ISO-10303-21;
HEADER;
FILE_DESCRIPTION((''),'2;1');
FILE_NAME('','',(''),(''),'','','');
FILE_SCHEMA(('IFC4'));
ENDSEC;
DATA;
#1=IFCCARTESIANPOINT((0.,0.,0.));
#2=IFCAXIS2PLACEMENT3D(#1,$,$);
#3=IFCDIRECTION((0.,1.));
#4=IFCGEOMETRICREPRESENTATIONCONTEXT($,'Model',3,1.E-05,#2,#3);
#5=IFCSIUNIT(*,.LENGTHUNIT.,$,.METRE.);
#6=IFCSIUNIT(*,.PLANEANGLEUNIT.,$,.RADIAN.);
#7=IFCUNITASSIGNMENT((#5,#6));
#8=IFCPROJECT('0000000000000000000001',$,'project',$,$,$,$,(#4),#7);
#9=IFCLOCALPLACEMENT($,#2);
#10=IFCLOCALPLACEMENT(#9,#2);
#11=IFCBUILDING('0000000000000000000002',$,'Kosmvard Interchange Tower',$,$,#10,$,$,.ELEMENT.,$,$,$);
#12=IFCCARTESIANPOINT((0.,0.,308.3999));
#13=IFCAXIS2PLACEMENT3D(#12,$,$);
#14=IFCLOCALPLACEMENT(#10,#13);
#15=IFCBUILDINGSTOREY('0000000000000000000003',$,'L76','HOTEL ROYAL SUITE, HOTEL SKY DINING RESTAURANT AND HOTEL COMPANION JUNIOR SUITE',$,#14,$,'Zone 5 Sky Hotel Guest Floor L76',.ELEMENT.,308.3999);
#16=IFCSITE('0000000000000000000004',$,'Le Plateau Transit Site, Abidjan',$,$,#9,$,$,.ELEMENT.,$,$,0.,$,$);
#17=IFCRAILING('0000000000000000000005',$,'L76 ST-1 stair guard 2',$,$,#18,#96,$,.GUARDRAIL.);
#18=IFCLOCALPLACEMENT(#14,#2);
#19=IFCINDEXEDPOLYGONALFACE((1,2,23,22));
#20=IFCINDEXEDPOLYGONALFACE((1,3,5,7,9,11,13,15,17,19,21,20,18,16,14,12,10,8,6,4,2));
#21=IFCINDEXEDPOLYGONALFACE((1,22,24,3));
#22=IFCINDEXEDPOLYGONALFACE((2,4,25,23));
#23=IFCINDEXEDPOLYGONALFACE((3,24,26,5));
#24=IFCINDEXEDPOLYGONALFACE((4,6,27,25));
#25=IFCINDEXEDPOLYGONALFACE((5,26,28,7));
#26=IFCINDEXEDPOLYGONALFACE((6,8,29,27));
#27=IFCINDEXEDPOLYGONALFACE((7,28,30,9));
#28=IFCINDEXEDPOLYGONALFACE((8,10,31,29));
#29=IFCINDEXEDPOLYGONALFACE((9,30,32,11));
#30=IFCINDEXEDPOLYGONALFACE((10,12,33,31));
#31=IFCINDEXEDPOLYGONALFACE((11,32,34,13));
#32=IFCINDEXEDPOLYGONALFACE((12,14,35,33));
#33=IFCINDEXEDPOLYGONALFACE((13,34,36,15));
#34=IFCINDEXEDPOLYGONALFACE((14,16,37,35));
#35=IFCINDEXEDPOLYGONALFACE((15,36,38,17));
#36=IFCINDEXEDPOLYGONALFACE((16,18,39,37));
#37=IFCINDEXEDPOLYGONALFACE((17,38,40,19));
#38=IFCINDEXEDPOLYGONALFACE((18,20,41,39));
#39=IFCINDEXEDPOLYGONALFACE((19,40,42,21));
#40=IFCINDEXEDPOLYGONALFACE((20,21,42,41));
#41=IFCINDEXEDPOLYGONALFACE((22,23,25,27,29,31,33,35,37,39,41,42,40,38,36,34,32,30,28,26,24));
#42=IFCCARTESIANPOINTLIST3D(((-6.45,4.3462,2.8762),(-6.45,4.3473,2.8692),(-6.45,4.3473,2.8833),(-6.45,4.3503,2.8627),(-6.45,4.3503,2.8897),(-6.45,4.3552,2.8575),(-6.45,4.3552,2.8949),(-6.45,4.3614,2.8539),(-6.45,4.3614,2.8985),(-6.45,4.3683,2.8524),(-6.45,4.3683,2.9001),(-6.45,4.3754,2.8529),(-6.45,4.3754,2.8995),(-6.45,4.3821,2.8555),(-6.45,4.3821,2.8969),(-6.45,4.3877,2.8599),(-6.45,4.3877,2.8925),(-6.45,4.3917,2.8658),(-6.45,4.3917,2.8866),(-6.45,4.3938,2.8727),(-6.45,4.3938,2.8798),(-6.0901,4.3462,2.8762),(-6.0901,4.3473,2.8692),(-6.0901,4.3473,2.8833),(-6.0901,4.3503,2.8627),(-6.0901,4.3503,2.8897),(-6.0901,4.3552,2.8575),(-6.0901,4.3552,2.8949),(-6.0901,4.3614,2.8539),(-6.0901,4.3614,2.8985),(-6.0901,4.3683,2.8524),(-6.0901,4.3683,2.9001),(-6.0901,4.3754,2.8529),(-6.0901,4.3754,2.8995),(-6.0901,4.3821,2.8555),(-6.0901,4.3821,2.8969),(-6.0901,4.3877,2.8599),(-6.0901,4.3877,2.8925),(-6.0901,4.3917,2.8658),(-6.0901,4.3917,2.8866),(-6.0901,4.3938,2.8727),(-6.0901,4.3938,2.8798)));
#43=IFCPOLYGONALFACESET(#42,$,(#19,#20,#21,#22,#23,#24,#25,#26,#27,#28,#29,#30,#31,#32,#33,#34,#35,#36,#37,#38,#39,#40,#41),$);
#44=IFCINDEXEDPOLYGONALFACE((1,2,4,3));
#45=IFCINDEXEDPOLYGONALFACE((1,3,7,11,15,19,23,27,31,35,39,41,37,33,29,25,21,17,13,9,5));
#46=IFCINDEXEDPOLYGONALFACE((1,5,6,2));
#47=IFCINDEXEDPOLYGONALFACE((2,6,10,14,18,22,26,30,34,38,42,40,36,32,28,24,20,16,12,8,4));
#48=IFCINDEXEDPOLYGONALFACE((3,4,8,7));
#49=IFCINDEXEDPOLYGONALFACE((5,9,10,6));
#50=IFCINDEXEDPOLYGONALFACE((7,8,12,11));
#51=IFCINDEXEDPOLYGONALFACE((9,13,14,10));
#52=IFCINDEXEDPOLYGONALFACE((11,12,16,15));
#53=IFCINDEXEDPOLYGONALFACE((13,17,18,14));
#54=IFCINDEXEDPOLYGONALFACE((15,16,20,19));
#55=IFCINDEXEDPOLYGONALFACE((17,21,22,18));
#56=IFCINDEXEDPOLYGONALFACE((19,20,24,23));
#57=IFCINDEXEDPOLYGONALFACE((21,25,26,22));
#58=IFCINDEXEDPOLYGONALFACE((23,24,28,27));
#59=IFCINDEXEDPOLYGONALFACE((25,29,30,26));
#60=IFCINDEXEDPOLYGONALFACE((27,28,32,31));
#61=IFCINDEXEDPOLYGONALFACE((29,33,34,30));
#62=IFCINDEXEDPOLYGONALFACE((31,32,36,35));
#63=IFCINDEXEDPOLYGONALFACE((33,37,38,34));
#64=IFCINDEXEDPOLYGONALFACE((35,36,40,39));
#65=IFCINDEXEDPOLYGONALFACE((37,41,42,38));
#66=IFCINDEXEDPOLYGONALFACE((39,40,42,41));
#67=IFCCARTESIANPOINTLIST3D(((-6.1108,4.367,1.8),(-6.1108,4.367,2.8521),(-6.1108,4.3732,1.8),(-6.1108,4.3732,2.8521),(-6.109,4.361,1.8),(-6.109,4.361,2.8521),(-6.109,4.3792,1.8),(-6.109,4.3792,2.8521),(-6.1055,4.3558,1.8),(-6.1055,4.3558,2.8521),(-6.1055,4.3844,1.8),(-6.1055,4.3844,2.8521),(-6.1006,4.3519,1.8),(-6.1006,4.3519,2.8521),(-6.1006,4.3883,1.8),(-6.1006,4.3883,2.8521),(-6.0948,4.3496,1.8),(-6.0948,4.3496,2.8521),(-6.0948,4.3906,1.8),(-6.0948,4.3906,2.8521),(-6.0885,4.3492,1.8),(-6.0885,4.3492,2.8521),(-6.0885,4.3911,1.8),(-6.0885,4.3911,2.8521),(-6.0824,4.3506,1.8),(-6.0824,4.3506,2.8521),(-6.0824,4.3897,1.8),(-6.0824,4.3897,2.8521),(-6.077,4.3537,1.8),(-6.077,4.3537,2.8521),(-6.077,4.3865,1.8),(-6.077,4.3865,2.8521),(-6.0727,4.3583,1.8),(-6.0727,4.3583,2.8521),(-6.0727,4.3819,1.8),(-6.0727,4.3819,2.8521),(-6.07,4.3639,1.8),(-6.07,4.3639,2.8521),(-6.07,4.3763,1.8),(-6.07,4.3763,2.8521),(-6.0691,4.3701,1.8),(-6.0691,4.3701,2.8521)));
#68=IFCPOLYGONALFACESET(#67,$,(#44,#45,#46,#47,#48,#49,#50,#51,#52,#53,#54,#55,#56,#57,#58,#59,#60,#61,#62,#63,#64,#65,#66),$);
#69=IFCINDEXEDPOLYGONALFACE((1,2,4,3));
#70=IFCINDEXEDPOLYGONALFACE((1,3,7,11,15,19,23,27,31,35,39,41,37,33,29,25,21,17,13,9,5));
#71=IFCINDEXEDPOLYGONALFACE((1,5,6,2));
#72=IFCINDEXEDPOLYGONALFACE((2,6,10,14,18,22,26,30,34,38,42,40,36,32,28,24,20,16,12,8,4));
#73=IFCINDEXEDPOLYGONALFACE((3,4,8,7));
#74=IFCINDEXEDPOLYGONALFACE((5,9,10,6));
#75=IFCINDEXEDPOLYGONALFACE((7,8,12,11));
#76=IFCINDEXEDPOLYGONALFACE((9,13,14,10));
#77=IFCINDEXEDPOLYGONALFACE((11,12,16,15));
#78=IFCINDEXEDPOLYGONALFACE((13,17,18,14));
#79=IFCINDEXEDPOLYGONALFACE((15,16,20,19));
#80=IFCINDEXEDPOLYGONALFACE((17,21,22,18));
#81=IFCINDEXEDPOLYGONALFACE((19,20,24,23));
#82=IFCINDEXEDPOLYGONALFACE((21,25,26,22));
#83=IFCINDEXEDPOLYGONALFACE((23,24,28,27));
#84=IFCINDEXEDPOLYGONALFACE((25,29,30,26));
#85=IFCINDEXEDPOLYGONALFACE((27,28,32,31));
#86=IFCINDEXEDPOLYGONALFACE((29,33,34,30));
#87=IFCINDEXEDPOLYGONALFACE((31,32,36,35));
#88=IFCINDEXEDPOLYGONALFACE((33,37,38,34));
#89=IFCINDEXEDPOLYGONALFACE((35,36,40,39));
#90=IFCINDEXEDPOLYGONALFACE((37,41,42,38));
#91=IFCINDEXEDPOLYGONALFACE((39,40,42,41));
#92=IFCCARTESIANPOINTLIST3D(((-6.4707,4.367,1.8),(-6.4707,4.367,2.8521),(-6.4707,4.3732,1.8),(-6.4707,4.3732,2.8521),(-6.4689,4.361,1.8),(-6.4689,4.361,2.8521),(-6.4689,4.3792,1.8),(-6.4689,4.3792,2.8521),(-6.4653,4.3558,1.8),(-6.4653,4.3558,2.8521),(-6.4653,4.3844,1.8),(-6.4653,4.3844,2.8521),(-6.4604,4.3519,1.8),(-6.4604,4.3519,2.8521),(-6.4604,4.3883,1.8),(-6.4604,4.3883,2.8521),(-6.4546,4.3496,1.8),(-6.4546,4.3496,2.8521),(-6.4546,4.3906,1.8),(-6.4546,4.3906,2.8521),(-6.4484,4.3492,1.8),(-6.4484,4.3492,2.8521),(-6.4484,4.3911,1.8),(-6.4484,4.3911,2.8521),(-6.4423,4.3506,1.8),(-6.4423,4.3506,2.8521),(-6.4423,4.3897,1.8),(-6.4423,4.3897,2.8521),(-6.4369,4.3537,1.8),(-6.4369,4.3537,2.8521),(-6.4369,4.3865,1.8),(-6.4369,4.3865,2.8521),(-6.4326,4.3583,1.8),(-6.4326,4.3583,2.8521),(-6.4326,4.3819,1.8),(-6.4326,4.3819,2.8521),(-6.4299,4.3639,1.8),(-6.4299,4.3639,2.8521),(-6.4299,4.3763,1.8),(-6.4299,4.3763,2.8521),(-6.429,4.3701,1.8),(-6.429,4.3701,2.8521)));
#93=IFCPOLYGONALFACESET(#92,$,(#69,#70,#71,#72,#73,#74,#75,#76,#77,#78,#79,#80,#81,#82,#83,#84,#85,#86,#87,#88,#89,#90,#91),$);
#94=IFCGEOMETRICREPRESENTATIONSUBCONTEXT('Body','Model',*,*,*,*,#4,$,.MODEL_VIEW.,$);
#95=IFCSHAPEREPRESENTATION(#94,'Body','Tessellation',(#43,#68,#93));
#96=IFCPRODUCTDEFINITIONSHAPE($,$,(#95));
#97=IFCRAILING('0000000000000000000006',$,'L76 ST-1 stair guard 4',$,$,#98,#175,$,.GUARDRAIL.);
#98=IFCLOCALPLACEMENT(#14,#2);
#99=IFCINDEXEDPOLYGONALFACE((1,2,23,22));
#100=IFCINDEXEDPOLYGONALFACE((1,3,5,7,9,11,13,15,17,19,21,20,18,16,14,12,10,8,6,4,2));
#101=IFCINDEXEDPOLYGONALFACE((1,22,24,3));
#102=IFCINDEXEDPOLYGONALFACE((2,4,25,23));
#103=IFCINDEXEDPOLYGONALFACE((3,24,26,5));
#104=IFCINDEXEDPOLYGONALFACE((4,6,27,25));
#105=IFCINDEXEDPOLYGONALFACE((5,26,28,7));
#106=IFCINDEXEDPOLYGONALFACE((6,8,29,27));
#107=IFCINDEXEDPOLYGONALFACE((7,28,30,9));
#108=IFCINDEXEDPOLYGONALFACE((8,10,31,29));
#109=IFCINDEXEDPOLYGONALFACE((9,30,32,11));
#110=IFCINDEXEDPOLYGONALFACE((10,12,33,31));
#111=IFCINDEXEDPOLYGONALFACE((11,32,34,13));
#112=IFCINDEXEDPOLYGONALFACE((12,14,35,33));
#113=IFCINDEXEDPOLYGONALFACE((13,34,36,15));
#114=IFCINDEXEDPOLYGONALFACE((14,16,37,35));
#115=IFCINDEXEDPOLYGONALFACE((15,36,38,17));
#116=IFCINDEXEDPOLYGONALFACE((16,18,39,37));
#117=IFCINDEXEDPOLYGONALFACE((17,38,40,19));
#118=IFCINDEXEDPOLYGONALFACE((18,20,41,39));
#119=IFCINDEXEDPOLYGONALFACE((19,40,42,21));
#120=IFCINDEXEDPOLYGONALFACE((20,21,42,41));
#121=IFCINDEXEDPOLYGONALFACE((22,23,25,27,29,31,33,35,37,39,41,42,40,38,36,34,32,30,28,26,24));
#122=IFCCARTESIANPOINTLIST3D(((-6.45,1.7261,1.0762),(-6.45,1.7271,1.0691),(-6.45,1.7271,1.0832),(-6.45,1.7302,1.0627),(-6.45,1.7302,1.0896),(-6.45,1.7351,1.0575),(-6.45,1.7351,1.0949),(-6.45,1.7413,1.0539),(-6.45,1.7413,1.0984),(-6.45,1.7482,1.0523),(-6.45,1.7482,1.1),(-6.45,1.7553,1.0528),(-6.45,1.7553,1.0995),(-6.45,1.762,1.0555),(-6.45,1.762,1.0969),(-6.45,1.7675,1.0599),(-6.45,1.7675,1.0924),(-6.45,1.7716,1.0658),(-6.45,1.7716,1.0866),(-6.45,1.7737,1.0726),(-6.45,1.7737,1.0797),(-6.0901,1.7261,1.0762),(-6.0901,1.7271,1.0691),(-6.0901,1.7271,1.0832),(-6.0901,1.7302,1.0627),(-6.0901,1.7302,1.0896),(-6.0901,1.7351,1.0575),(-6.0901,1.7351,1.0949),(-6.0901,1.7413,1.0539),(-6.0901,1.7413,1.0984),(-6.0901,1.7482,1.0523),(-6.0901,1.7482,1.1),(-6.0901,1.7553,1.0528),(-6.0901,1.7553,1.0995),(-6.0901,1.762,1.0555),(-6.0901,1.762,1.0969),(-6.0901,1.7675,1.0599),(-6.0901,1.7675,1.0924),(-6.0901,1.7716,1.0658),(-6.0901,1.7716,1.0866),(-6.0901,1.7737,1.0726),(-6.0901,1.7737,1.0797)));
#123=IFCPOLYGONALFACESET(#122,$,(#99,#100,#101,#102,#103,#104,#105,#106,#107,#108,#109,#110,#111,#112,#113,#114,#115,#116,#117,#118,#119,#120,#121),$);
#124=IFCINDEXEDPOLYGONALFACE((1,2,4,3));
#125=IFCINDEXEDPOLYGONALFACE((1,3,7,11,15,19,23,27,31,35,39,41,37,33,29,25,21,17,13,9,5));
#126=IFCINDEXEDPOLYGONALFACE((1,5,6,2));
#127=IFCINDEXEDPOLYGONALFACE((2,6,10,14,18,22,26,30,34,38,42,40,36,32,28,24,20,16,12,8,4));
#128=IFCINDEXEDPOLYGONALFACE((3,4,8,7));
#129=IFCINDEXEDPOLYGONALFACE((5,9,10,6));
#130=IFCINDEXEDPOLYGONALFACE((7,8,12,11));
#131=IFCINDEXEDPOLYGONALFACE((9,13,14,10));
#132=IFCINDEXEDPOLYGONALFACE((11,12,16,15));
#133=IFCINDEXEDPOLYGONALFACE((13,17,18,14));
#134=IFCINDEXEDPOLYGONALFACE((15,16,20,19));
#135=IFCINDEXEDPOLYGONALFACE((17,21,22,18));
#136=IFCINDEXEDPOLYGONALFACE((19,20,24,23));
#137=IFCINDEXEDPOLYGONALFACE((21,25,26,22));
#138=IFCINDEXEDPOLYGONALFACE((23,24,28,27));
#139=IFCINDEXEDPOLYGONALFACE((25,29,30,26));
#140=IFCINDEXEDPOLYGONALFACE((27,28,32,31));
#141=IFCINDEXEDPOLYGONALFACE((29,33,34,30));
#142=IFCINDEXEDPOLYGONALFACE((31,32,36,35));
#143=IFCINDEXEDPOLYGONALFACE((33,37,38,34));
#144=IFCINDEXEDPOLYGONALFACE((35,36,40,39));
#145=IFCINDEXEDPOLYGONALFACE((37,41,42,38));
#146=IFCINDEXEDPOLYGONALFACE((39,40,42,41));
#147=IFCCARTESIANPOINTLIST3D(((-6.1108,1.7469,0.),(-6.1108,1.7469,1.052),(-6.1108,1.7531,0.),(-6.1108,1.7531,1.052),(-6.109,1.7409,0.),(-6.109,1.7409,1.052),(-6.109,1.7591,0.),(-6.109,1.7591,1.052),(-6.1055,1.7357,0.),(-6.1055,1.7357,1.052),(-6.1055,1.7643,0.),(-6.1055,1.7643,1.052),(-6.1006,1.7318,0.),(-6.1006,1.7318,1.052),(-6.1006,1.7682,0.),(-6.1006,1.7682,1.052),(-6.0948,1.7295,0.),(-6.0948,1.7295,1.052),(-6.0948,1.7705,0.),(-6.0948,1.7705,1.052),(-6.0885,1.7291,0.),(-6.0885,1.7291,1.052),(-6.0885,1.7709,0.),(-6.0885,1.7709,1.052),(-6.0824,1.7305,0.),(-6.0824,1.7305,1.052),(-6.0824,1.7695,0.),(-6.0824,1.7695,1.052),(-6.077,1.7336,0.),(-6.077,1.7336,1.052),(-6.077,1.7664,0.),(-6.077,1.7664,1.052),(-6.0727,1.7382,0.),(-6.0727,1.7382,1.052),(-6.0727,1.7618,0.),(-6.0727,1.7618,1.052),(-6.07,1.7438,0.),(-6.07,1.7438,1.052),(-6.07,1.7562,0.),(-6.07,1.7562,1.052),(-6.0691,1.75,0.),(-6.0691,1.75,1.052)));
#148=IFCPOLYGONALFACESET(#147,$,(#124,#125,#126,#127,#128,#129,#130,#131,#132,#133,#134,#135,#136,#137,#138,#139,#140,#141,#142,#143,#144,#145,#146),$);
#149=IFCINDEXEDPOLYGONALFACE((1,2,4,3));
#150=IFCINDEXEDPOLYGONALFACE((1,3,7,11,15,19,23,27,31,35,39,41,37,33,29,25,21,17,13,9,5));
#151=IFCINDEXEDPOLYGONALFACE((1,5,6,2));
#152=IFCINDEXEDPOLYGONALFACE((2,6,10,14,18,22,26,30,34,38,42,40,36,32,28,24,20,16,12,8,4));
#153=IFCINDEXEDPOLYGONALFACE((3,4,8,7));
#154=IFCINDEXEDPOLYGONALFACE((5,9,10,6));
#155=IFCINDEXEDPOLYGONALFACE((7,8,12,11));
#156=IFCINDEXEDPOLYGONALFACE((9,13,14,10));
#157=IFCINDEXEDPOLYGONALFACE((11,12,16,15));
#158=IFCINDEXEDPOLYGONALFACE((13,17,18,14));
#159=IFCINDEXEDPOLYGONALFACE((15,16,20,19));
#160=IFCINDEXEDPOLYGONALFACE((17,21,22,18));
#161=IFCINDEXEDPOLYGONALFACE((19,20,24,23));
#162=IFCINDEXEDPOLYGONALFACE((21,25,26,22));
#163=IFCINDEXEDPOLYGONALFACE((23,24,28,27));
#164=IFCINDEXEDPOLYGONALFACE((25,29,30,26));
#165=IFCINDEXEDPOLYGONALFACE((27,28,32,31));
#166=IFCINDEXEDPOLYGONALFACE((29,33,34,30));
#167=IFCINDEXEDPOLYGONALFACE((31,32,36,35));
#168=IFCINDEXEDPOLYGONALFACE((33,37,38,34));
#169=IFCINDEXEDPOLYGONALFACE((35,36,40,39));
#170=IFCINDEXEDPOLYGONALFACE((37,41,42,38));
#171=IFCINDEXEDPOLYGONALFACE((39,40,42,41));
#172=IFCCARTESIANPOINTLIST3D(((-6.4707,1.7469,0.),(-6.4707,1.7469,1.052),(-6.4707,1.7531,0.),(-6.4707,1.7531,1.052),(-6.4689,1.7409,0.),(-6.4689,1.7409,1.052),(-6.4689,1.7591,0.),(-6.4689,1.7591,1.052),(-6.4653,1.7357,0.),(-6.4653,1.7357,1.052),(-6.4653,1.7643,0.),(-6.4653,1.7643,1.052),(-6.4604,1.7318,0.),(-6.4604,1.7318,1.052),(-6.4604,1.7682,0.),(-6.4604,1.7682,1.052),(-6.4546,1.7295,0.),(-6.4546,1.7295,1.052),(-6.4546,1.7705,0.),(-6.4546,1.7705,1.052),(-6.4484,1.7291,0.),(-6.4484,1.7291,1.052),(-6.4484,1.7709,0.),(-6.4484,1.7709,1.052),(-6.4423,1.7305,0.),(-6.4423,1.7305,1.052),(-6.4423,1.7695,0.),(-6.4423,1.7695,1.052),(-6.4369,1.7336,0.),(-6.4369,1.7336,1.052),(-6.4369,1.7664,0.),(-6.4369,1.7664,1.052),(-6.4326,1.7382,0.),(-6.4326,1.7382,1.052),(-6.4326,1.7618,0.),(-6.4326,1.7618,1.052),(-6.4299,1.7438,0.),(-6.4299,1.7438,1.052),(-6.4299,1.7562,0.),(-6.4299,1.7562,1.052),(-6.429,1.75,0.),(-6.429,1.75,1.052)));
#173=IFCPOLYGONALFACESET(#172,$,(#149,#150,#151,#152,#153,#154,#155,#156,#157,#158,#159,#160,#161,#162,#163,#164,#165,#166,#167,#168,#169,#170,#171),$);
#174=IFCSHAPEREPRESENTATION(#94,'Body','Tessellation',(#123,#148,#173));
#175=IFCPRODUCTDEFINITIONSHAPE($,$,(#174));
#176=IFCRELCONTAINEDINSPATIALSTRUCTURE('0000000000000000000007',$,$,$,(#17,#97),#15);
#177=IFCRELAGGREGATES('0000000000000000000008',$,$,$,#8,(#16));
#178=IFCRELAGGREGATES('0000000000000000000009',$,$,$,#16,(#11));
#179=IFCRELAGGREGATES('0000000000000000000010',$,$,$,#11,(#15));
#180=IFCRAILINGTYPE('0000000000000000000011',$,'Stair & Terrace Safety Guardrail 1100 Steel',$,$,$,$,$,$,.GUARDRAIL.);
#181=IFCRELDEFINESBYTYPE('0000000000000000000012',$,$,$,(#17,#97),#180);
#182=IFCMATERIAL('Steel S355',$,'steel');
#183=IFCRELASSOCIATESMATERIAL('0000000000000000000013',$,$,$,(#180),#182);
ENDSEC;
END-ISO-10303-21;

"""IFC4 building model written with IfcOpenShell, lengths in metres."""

from ifc_helpers import new_model, si_unit, direction, frame, origin, origin_2d, place, context, subcontext, project, spatial, circle, extrude, source, transform, mapped, material, type_object, element, save


model = new_model("IFC4")

# Units and contexts
model_context = context("Model", 3, precision=1e-05, world=origin(), true_north=direction((0.0, 1.0)))
body_context = subcontext(model_context, "Body", "Model", "MODEL_VIEW")
ifc_project = project(units=[si_unit("LENGTHUNIT", "METRE"), si_unit("PLANEANGLEUNIT", "RADIAN")], contexts=[model_context])

# Site, building, storey
site_placement = place(None, origin())
site = spatial("IfcSite", under=ifc_project, at=site_placement, Name="Le Plateau Transit Site, Abidjan", CompositionType="ELEMENT", RefElevation=0.0)
building_placement = place(site_placement, origin())
building = spatial("IfcBuilding", under=site, at=building_placement, Name="Kosmvard Interchange Tower", CompositionType="ELEMENT")
storey_placement = place(building_placement, frame((0.0, 0.0, 308.3999)))
storey = spatial("IfcBuildingStorey", under=building, at=storey_placement, Name="L76", Description="HOTEL ROYAL SUITE, HOTEL SKY DINING RESTAURANT AND HOTEL COMPANION JUNIOR SUITE", LongName="Zone 5 Sky Hotel Guest Floor L76", CompositionType="ELEMENT", Elevation=308.3999)

# Shared definitions
ifc_material_1 = material(Name="Steel S355", Category="steel")

# Railings
railing_type_1 = type_object("IfcRailingType", Name="Stair & Terrace Safety Guardrail 1100 Steel", PredefinedType="GUARDRAIL", material=ifc_material_1)
shared_shape_1 = source(origin(), body_context, "Body", "SweptSolid", [
    extrude(circle(Radius=0.0239, at=origin_2d()), frame((0.0, 0.0, 1.0762), z_axis=(-1.0, 0.0, 0.0), x_axis=(0.0, -1.0, 0.0)), (0.0, 0.0, 1.0), 0.3599),
    extrude(circle(Radius=0.021, at=origin_2d()), origin(), (0.0, 0.0, 1.0), 1.052),
    extrude(circle(Radius=0.021, at=origin_2d()), frame((-0.3599, 0.0, 0.0)), (0.0, 0.0, 1.0), 1.052),
])
for number, where, name in (
    (1, (-6.0901, 4.3701, 1.8), "L76 ST-1 stair guard 2"),
    (2, (-6.0901, 1.75, 0.0), "L76 ST-1 stair guard 4"),
):
    element("IfcRailing", number, at=place(storey_placement, frame(where)), inside=storey, type_object=railing_type_1, Name=name, PredefinedType="GUARDRAIL", context=body_context, shape_type="MappedRepresentation", body=[
        mapped(shared_shape_1, transform((0.0, 0.0, 0.0), scale=1.0)),
    ])

save(model, "model.ifc")
